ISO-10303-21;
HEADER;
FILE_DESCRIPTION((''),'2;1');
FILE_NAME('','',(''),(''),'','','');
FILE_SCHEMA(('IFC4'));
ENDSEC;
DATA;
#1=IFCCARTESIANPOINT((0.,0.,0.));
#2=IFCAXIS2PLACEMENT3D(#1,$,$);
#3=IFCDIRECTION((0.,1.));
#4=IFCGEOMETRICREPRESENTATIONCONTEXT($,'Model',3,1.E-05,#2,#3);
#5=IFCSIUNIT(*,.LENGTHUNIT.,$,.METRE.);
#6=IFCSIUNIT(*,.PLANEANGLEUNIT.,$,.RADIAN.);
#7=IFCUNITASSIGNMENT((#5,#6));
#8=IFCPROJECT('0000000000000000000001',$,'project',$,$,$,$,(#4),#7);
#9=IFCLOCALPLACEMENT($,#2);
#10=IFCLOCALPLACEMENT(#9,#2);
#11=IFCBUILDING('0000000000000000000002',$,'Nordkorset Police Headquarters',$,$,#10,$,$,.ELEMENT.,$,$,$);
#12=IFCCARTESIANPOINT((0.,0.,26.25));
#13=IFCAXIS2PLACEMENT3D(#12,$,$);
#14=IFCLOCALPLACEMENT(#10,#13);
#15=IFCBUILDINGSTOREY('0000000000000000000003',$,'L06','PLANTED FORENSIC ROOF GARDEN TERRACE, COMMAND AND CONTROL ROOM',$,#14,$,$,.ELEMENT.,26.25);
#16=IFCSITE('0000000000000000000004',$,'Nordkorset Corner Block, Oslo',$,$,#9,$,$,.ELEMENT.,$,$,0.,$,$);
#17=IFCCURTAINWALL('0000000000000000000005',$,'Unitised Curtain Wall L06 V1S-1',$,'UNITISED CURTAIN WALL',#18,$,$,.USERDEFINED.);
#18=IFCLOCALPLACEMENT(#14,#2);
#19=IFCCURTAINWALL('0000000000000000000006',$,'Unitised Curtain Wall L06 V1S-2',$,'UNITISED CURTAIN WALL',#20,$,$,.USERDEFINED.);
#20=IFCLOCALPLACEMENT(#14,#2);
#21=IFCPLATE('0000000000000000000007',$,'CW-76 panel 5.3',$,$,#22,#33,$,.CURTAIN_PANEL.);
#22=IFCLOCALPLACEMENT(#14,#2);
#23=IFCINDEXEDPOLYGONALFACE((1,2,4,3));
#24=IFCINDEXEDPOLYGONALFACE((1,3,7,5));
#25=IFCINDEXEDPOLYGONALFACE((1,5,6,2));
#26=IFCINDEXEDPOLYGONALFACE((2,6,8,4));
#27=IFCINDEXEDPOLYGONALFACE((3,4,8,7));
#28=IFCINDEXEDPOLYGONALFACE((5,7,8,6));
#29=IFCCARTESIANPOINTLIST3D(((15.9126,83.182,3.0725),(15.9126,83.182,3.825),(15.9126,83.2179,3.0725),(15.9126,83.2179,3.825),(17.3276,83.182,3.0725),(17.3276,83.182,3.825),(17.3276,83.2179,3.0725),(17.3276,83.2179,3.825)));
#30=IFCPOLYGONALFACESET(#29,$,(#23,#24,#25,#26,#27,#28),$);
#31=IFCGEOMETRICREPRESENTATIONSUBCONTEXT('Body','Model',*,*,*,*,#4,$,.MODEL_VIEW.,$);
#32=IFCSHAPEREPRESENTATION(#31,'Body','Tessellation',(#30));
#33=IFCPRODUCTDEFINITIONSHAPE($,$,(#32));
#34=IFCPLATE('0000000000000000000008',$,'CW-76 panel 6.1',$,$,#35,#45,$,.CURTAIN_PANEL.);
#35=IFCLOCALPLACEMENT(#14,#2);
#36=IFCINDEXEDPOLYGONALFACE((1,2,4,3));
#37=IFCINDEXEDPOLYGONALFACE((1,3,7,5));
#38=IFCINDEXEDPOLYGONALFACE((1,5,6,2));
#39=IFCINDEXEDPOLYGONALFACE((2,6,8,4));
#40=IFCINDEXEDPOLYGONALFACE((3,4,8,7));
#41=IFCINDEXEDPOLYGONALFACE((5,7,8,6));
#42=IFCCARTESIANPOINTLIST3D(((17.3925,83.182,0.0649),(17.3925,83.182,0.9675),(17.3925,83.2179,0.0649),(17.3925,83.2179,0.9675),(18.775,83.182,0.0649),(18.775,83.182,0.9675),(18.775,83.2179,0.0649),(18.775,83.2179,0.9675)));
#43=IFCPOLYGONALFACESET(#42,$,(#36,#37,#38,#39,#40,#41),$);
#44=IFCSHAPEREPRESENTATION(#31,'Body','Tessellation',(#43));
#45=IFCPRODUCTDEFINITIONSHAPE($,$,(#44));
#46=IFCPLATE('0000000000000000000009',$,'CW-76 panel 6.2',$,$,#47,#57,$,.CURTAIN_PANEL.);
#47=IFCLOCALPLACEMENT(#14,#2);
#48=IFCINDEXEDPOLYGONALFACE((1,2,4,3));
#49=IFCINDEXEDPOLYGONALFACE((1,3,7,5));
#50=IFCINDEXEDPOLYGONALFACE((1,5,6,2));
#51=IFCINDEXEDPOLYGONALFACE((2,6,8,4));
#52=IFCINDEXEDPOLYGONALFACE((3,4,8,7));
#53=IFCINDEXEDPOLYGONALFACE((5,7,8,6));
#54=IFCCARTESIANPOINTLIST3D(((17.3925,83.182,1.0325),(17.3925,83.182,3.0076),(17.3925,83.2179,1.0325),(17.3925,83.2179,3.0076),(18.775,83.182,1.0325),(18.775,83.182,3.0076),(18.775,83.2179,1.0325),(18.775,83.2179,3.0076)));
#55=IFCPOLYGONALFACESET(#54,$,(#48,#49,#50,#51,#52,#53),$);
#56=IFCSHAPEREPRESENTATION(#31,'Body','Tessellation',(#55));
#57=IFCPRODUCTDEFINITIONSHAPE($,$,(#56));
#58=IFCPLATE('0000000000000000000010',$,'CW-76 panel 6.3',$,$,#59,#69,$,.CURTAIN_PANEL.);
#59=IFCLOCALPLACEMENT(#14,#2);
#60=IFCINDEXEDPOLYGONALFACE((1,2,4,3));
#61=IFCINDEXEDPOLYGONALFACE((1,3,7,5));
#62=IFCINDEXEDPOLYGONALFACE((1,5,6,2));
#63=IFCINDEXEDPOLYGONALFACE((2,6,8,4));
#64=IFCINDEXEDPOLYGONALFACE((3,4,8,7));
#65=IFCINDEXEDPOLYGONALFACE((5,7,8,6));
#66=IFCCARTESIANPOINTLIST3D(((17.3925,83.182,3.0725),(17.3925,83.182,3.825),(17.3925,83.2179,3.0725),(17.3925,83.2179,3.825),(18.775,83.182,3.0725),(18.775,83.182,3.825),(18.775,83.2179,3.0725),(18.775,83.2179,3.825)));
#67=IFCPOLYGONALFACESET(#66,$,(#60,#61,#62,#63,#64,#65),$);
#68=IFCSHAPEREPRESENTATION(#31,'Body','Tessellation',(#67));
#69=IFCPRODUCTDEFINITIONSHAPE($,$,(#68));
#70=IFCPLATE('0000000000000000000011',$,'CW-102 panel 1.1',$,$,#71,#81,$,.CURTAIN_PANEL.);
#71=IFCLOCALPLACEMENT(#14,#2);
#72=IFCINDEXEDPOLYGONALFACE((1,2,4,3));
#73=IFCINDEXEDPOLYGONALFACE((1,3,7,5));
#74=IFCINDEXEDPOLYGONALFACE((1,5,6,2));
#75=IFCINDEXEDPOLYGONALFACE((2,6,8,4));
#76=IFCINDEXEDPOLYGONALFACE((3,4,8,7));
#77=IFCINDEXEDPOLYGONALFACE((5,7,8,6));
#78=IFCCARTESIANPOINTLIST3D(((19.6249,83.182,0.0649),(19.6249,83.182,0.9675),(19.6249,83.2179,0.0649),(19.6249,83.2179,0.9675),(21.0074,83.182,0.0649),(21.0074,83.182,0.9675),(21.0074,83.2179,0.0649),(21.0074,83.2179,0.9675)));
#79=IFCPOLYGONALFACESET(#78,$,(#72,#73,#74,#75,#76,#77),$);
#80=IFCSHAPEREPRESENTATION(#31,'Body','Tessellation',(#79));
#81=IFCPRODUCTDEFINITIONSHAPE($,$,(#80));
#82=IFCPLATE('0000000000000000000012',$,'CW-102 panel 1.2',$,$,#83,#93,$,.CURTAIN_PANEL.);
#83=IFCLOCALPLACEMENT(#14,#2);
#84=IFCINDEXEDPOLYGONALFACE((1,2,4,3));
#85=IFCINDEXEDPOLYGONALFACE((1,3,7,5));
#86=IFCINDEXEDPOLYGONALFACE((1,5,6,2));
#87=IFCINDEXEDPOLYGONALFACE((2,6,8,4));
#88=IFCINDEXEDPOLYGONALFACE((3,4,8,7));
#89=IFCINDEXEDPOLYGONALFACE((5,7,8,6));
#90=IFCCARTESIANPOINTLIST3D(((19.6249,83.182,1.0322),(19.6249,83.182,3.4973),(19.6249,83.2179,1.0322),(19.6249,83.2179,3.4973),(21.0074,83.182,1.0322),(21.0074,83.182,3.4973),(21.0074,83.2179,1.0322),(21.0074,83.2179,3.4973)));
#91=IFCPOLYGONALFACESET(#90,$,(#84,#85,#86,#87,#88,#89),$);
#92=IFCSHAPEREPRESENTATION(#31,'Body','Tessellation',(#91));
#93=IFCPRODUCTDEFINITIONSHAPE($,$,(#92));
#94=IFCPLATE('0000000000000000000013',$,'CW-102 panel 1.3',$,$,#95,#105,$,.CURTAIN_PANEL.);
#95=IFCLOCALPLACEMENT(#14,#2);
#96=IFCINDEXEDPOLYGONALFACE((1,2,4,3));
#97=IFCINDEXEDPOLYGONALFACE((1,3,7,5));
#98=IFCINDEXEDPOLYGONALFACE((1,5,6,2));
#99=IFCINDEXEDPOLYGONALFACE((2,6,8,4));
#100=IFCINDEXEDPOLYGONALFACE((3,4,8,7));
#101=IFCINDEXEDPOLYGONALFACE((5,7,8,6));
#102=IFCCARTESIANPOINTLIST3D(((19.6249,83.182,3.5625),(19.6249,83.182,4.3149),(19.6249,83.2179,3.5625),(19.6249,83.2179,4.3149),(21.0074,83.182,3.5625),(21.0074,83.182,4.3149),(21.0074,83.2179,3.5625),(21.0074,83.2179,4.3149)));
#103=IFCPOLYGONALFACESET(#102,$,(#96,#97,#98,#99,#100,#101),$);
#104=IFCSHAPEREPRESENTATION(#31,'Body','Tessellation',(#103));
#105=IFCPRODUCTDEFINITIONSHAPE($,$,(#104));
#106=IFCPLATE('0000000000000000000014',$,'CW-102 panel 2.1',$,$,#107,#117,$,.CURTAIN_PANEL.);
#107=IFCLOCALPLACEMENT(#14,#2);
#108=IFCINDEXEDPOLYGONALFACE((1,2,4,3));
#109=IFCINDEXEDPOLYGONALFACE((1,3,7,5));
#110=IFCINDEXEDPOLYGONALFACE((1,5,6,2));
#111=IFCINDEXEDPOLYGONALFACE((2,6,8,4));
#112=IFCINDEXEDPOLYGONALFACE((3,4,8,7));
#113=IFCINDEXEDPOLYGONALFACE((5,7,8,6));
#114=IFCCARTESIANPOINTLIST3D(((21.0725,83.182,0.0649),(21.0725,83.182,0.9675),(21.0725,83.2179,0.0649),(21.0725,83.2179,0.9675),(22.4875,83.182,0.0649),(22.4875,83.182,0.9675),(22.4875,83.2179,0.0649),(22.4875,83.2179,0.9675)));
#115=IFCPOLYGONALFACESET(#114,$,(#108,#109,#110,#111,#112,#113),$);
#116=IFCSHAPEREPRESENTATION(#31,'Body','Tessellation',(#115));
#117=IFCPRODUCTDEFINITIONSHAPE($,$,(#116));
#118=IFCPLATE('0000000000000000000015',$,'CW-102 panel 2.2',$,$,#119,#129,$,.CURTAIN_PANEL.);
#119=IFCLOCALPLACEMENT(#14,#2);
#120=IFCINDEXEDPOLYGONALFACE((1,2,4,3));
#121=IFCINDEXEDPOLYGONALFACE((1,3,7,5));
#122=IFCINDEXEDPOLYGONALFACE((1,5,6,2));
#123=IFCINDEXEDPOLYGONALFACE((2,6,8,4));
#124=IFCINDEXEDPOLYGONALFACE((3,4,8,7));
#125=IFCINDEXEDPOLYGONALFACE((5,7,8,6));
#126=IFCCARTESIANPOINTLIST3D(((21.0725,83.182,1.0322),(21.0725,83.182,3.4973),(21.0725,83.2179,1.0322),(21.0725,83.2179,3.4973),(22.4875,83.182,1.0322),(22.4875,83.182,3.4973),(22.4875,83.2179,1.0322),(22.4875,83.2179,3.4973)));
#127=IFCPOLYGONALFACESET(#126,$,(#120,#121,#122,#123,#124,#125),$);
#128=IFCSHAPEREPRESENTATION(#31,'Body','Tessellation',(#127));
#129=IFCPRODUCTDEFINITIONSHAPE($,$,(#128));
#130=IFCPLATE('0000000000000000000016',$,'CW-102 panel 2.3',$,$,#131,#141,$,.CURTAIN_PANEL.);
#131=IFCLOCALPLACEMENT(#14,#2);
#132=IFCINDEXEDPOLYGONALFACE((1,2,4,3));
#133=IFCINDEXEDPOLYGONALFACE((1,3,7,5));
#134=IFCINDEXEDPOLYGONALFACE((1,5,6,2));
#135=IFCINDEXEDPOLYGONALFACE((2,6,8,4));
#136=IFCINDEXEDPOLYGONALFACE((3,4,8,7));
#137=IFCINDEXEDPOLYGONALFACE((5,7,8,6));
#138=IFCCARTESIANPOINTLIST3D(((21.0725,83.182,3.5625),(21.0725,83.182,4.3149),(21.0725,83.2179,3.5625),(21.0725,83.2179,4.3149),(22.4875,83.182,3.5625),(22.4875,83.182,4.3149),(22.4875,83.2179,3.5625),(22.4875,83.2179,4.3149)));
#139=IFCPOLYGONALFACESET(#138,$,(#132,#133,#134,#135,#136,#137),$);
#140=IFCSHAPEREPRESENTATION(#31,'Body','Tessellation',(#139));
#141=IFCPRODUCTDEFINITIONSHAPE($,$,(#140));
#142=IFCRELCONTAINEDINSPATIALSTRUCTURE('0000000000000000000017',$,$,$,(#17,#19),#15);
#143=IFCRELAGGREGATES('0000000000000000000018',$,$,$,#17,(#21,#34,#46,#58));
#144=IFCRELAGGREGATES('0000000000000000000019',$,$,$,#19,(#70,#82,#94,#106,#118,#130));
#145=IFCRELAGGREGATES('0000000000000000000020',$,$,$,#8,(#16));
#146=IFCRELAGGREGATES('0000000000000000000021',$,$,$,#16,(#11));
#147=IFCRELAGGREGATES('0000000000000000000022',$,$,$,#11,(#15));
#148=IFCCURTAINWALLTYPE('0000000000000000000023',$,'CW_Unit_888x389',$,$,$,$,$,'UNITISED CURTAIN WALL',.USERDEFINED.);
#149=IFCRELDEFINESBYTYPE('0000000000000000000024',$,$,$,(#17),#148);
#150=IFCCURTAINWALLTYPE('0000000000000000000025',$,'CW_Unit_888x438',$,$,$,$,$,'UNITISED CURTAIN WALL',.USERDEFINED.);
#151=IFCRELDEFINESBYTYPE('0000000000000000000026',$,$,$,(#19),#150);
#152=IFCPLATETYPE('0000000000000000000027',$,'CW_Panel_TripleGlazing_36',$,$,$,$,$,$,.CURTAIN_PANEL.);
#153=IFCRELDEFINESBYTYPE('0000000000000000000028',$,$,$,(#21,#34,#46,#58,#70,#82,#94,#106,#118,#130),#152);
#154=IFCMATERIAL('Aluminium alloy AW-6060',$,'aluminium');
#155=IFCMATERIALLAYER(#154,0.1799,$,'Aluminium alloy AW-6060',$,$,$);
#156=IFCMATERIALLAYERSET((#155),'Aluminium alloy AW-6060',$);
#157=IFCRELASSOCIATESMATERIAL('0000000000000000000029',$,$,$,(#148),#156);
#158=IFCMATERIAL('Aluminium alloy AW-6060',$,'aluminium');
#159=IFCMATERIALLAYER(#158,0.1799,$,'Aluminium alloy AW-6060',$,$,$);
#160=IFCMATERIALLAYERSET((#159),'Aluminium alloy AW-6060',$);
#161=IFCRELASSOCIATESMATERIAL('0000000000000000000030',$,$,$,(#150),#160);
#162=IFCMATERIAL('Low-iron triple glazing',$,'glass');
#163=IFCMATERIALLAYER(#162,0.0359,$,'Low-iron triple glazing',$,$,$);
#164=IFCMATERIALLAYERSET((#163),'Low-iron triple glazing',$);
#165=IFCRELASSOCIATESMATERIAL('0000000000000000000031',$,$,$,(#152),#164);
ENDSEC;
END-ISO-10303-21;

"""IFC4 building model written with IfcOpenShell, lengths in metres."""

from ifc_helpers import new_model, si_unit, direction, frame, origin, origin_2d, place, context, subcontext, project, spatial, rectangle, extrude, material, layer, layer_set, type_object, element, aggregate, save


model = new_model("IFC4")

# Units and contexts
model_context = context("Model", 3, precision=1e-05, world=origin(), true_north=direction((0.0, 1.0)))
body_context = subcontext(model_context, "Body", "Model", "MODEL_VIEW")
ifc_project = project(units=[si_unit("LENGTHUNIT", "METRE"), si_unit("PLANEANGLEUNIT", "RADIAN")], contexts=[model_context])

# Site, building, storey
site_placement = place(None, origin())
site = spatial("IfcSite", under=ifc_project, at=site_placement, Name="Nordkorset Corner Block, Oslo", CompositionType="ELEMENT", RefElevation=0.0)
building_placement = place(site_placement, origin())
building = spatial("IfcBuilding", under=site, at=building_placement, Name="Nordkorset Police Headquarters", CompositionType="ELEMENT")
storey_placement = place(building_placement, frame((0.0, 0.0, 26.25)))
storey = spatial("IfcBuildingStorey", under=building, at=storey_placement, Name="L06", Description="PLANTED FORENSIC ROOF GARDEN TERRACE, COMMAND AND CONTROL ROOM", CompositionType="ELEMENT", Elevation=26.25)

# Curtain walls
ifc_material_1 = material(Name="Aluminium alloy AW-6060", Category="aluminium")
ifc_layer_1 = layer(ifc_material_1, 0.1799, Name="Aluminium alloy AW-6060")
ifc_layer_set_1 = layer_set([ifc_layer_1], Name="Aluminium alloy AW-6060")
curtain_wall_type_1 = type_object("IfcCurtainWallType", Name="CW_Unit_888x389", ElementType="UNITISED CURTAIN WALL", PredefinedType="USERDEFINED", material=ifc_layer_set_1)
curtain_wall_1_placement = place(storey_placement, origin())
curtain_wall_1 = element("IfcCurtainWall", 1, at=curtain_wall_1_placement, inside=storey, type_object=curtain_wall_type_1, Name="Unitised Curtain Wall L06 V1S-1", ObjectType="UNITISED CURTAIN WALL", PredefinedType="USERDEFINED")
ifc_material_2 = material(Name="Aluminium alloy AW-6060", Category="aluminium")
ifc_layer_2 = layer(ifc_material_2, 0.1799, Name="Aluminium alloy AW-6060")
ifc_layer_set_2 = layer_set([ifc_layer_2], Name="Aluminium alloy AW-6060")
curtain_wall_type_2 = type_object("IfcCurtainWallType", Name="CW_Unit_888x438", ElementType="UNITISED CURTAIN WALL", PredefinedType="USERDEFINED", material=ifc_layer_set_2)
curtain_wall_2_placement = place(storey_placement, origin())
curtain_wall_2 = element("IfcCurtainWall", 2, at=curtain_wall_2_placement, inside=storey, type_object=curtain_wall_type_2, Name="Unitised Curtain Wall L06 V1S-2", ObjectType="UNITISED CURTAIN WALL", PredefinedType="USERDEFINED")

# Plates
ifc_material_3 = material(Name="Low-iron triple glazing", Category="glass")
ifc_layer_3 = layer(ifc_material_3, 0.0359, Name="Low-iron triple glazing")
ifc_layer_set_3 = layer_set([ifc_layer_3], Name="Low-iron triple glazing")
plate_type = type_object("IfcPlateType", Name="CW_Panel_TripleGlazing_36", PredefinedType="CURTAIN_PANEL", material=ifc_layer_set_3)
plate_1_placement = place(storey_placement, frame((16.6201, 83.2, 3.0725), z_axis=(0.0, 0.0, 1.0), x_axis=(1.0, 0.0, 0.0)))
plate_1 = element("IfcPlate", 3, at=plate_1_placement, type_object=plate_type, Name="CW-76 panel 5.3", PredefinedType="CURTAIN_PANEL", context=body_context, shape_type="SweptSolid", body=[
    extrude(rectangle(XDim=1.415, YDim=0.0359, at=origin_2d()), origin(), (0.0, 0.0, 1.0), 0.7524),
])
plate_2_placement = place(storey_placement, frame((18.0837, 83.2, 0.0649), z_axis=(0.0, 0.0, 1.0), x_axis=(1.0, 0.0, 0.0)))
plate_2 = element("IfcPlate", 4, at=plate_2_placement, type_object=plate_type, Name="CW-76 panel 6.1", PredefinedType="CURTAIN_PANEL", context=body_context, shape_type="SweptSolid", body=[
    extrude(rectangle(XDim=1.3826, YDim=0.0359, at=origin_2d()), origin(), (0.0, 0.0, 1.0), 0.9026),
])
plate_3_placement = place(storey_placement, frame((18.0837, 83.2, 1.0325), z_axis=(0.0, 0.0, 1.0), x_axis=(1.0, 0.0, 0.0)))
plate_3 = element("IfcPlate", 5, at=plate_3_placement, type_object=plate_type, Name="CW-76 panel 6.2", PredefinedType="CURTAIN_PANEL", context=body_context, shape_type="SweptSolid", body=[
    extrude(rectangle(XDim=1.3826, YDim=0.0359, at=origin_2d()), origin(), (0.0, 0.0, 1.0), 1.9751),
])
plate_4_placement = place(storey_placement, frame((18.0837, 83.2, 3.0725), z_axis=(0.0, 0.0, 1.0), x_axis=(1.0, 0.0, 0.0)))
plate_4 = element("IfcPlate", 6, at=plate_4_placement, type_object=plate_type, Name="CW-76 panel 6.3", PredefinedType="CURTAIN_PANEL", context=body_context, shape_type="SweptSolid", body=[
    extrude(rectangle(XDim=1.3826, YDim=0.0359, at=origin_2d()), origin(), (0.0, 0.0, 1.0), 0.7524),
])
aggregate(curtain_wall_1, [plate_1, plate_2, plate_3, plate_4])
plate_5_placement = place(storey_placement, frame((20.3162, 83.2, 0.0649), z_axis=(0.0, 0.0, 1.0), x_axis=(1.0, 0.0, 0.0)))
plate_5 = element("IfcPlate", 7, at=plate_5_placement, type_object=plate_type, Name="CW-102 panel 1.1", PredefinedType="CURTAIN_PANEL", context=body_context, shape_type="SweptSolid", body=[
    extrude(rectangle(XDim=1.3826, YDim=0.0359, at=origin_2d()), origin(), (0.0, 0.0, 1.0), 0.9026),
])
plate_6_placement = place(storey_placement, frame((20.3162, 83.2, 1.0322), z_axis=(0.0, 0.0, 1.0), x_axis=(1.0, 0.0, 0.0)))
plate_6 = element("IfcPlate", 8, at=plate_6_placement, type_object=plate_type, Name="CW-102 panel 1.2", PredefinedType="CURTAIN_PANEL", context=body_context, shape_type="SweptSolid", body=[
    extrude(rectangle(XDim=1.3826, YDim=0.0359, at=origin_2d()), origin(), (0.0, 0.0, 1.0), 2.4651),
])
plate_7_placement = place(storey_placement, frame((20.3162, 83.2, 3.5625), z_axis=(0.0, 0.0, 1.0), x_axis=(1.0, 0.0, 0.0)))
plate_7 = element("IfcPlate", 9, at=plate_7_placement, type_object=plate_type, Name="CW-102 panel 1.3", PredefinedType="CURTAIN_PANEL", context=body_context, shape_type="SweptSolid", body=[
    extrude(rectangle(XDim=1.3826, YDim=0.0359, at=origin_2d()), origin(), (0.0, 0.0, 1.0), 0.7524),
])
plate_8_placement = place(storey_placement, frame((21.78, 83.2, 0.0649), z_axis=(0.0, 0.0, 1.0), x_axis=(1.0, 0.0, 0.0)))
plate_8 = element("IfcPlate", 10, at=plate_8_placement, type_object=plate_type, Name="CW-102 panel 2.1", PredefinedType="CURTAIN_PANEL", context=body_context, shape_type="SweptSolid", body=[
    extrude(rectangle(XDim=1.415, YDim=0.0359, at=origin_2d()), origin(), (0.0, 0.0, 1.0), 0.9026),
])
plate_9_placement = place(storey_placement, frame((21.78, 83.2, 1.0322), z_axis=(0.0, 0.0, 1.0), x_axis=(1.0, 0.0, 0.0)))
plate_9 = element("IfcPlate", 11, at=plate_9_placement, type_object=plate_type, Name="CW-102 panel 2.2", PredefinedType="CURTAIN_PANEL", context=body_context, shape_type="SweptSolid", body=[
    extrude(rectangle(XDim=1.415, YDim=0.0359, at=origin_2d()), origin(), (0.0, 0.0, 1.0), 2.4651),
])
plate_10_placement = place(storey_placement, frame((21.78, 83.2, 3.5625), z_axis=(0.0, 0.0, 1.0), x_axis=(1.0, 0.0, 0.0)))
plate_10 = element("IfcPlate", 12, at=plate_10_placement, type_object=plate_type, Name="CW-102 panel 2.3", PredefinedType="CURTAIN_PANEL", context=body_context, shape_type="SweptSolid", body=[
    extrude(rectangle(XDim=1.415, YDim=0.0359, at=origin_2d()), origin(), (0.0, 0.0, 1.0), 0.7524),
])
aggregate(curtain_wall_2, [plate_5, plate_6, plate_7, plate_8, plate_9, plate_10])

save(model, "model.ifc")
